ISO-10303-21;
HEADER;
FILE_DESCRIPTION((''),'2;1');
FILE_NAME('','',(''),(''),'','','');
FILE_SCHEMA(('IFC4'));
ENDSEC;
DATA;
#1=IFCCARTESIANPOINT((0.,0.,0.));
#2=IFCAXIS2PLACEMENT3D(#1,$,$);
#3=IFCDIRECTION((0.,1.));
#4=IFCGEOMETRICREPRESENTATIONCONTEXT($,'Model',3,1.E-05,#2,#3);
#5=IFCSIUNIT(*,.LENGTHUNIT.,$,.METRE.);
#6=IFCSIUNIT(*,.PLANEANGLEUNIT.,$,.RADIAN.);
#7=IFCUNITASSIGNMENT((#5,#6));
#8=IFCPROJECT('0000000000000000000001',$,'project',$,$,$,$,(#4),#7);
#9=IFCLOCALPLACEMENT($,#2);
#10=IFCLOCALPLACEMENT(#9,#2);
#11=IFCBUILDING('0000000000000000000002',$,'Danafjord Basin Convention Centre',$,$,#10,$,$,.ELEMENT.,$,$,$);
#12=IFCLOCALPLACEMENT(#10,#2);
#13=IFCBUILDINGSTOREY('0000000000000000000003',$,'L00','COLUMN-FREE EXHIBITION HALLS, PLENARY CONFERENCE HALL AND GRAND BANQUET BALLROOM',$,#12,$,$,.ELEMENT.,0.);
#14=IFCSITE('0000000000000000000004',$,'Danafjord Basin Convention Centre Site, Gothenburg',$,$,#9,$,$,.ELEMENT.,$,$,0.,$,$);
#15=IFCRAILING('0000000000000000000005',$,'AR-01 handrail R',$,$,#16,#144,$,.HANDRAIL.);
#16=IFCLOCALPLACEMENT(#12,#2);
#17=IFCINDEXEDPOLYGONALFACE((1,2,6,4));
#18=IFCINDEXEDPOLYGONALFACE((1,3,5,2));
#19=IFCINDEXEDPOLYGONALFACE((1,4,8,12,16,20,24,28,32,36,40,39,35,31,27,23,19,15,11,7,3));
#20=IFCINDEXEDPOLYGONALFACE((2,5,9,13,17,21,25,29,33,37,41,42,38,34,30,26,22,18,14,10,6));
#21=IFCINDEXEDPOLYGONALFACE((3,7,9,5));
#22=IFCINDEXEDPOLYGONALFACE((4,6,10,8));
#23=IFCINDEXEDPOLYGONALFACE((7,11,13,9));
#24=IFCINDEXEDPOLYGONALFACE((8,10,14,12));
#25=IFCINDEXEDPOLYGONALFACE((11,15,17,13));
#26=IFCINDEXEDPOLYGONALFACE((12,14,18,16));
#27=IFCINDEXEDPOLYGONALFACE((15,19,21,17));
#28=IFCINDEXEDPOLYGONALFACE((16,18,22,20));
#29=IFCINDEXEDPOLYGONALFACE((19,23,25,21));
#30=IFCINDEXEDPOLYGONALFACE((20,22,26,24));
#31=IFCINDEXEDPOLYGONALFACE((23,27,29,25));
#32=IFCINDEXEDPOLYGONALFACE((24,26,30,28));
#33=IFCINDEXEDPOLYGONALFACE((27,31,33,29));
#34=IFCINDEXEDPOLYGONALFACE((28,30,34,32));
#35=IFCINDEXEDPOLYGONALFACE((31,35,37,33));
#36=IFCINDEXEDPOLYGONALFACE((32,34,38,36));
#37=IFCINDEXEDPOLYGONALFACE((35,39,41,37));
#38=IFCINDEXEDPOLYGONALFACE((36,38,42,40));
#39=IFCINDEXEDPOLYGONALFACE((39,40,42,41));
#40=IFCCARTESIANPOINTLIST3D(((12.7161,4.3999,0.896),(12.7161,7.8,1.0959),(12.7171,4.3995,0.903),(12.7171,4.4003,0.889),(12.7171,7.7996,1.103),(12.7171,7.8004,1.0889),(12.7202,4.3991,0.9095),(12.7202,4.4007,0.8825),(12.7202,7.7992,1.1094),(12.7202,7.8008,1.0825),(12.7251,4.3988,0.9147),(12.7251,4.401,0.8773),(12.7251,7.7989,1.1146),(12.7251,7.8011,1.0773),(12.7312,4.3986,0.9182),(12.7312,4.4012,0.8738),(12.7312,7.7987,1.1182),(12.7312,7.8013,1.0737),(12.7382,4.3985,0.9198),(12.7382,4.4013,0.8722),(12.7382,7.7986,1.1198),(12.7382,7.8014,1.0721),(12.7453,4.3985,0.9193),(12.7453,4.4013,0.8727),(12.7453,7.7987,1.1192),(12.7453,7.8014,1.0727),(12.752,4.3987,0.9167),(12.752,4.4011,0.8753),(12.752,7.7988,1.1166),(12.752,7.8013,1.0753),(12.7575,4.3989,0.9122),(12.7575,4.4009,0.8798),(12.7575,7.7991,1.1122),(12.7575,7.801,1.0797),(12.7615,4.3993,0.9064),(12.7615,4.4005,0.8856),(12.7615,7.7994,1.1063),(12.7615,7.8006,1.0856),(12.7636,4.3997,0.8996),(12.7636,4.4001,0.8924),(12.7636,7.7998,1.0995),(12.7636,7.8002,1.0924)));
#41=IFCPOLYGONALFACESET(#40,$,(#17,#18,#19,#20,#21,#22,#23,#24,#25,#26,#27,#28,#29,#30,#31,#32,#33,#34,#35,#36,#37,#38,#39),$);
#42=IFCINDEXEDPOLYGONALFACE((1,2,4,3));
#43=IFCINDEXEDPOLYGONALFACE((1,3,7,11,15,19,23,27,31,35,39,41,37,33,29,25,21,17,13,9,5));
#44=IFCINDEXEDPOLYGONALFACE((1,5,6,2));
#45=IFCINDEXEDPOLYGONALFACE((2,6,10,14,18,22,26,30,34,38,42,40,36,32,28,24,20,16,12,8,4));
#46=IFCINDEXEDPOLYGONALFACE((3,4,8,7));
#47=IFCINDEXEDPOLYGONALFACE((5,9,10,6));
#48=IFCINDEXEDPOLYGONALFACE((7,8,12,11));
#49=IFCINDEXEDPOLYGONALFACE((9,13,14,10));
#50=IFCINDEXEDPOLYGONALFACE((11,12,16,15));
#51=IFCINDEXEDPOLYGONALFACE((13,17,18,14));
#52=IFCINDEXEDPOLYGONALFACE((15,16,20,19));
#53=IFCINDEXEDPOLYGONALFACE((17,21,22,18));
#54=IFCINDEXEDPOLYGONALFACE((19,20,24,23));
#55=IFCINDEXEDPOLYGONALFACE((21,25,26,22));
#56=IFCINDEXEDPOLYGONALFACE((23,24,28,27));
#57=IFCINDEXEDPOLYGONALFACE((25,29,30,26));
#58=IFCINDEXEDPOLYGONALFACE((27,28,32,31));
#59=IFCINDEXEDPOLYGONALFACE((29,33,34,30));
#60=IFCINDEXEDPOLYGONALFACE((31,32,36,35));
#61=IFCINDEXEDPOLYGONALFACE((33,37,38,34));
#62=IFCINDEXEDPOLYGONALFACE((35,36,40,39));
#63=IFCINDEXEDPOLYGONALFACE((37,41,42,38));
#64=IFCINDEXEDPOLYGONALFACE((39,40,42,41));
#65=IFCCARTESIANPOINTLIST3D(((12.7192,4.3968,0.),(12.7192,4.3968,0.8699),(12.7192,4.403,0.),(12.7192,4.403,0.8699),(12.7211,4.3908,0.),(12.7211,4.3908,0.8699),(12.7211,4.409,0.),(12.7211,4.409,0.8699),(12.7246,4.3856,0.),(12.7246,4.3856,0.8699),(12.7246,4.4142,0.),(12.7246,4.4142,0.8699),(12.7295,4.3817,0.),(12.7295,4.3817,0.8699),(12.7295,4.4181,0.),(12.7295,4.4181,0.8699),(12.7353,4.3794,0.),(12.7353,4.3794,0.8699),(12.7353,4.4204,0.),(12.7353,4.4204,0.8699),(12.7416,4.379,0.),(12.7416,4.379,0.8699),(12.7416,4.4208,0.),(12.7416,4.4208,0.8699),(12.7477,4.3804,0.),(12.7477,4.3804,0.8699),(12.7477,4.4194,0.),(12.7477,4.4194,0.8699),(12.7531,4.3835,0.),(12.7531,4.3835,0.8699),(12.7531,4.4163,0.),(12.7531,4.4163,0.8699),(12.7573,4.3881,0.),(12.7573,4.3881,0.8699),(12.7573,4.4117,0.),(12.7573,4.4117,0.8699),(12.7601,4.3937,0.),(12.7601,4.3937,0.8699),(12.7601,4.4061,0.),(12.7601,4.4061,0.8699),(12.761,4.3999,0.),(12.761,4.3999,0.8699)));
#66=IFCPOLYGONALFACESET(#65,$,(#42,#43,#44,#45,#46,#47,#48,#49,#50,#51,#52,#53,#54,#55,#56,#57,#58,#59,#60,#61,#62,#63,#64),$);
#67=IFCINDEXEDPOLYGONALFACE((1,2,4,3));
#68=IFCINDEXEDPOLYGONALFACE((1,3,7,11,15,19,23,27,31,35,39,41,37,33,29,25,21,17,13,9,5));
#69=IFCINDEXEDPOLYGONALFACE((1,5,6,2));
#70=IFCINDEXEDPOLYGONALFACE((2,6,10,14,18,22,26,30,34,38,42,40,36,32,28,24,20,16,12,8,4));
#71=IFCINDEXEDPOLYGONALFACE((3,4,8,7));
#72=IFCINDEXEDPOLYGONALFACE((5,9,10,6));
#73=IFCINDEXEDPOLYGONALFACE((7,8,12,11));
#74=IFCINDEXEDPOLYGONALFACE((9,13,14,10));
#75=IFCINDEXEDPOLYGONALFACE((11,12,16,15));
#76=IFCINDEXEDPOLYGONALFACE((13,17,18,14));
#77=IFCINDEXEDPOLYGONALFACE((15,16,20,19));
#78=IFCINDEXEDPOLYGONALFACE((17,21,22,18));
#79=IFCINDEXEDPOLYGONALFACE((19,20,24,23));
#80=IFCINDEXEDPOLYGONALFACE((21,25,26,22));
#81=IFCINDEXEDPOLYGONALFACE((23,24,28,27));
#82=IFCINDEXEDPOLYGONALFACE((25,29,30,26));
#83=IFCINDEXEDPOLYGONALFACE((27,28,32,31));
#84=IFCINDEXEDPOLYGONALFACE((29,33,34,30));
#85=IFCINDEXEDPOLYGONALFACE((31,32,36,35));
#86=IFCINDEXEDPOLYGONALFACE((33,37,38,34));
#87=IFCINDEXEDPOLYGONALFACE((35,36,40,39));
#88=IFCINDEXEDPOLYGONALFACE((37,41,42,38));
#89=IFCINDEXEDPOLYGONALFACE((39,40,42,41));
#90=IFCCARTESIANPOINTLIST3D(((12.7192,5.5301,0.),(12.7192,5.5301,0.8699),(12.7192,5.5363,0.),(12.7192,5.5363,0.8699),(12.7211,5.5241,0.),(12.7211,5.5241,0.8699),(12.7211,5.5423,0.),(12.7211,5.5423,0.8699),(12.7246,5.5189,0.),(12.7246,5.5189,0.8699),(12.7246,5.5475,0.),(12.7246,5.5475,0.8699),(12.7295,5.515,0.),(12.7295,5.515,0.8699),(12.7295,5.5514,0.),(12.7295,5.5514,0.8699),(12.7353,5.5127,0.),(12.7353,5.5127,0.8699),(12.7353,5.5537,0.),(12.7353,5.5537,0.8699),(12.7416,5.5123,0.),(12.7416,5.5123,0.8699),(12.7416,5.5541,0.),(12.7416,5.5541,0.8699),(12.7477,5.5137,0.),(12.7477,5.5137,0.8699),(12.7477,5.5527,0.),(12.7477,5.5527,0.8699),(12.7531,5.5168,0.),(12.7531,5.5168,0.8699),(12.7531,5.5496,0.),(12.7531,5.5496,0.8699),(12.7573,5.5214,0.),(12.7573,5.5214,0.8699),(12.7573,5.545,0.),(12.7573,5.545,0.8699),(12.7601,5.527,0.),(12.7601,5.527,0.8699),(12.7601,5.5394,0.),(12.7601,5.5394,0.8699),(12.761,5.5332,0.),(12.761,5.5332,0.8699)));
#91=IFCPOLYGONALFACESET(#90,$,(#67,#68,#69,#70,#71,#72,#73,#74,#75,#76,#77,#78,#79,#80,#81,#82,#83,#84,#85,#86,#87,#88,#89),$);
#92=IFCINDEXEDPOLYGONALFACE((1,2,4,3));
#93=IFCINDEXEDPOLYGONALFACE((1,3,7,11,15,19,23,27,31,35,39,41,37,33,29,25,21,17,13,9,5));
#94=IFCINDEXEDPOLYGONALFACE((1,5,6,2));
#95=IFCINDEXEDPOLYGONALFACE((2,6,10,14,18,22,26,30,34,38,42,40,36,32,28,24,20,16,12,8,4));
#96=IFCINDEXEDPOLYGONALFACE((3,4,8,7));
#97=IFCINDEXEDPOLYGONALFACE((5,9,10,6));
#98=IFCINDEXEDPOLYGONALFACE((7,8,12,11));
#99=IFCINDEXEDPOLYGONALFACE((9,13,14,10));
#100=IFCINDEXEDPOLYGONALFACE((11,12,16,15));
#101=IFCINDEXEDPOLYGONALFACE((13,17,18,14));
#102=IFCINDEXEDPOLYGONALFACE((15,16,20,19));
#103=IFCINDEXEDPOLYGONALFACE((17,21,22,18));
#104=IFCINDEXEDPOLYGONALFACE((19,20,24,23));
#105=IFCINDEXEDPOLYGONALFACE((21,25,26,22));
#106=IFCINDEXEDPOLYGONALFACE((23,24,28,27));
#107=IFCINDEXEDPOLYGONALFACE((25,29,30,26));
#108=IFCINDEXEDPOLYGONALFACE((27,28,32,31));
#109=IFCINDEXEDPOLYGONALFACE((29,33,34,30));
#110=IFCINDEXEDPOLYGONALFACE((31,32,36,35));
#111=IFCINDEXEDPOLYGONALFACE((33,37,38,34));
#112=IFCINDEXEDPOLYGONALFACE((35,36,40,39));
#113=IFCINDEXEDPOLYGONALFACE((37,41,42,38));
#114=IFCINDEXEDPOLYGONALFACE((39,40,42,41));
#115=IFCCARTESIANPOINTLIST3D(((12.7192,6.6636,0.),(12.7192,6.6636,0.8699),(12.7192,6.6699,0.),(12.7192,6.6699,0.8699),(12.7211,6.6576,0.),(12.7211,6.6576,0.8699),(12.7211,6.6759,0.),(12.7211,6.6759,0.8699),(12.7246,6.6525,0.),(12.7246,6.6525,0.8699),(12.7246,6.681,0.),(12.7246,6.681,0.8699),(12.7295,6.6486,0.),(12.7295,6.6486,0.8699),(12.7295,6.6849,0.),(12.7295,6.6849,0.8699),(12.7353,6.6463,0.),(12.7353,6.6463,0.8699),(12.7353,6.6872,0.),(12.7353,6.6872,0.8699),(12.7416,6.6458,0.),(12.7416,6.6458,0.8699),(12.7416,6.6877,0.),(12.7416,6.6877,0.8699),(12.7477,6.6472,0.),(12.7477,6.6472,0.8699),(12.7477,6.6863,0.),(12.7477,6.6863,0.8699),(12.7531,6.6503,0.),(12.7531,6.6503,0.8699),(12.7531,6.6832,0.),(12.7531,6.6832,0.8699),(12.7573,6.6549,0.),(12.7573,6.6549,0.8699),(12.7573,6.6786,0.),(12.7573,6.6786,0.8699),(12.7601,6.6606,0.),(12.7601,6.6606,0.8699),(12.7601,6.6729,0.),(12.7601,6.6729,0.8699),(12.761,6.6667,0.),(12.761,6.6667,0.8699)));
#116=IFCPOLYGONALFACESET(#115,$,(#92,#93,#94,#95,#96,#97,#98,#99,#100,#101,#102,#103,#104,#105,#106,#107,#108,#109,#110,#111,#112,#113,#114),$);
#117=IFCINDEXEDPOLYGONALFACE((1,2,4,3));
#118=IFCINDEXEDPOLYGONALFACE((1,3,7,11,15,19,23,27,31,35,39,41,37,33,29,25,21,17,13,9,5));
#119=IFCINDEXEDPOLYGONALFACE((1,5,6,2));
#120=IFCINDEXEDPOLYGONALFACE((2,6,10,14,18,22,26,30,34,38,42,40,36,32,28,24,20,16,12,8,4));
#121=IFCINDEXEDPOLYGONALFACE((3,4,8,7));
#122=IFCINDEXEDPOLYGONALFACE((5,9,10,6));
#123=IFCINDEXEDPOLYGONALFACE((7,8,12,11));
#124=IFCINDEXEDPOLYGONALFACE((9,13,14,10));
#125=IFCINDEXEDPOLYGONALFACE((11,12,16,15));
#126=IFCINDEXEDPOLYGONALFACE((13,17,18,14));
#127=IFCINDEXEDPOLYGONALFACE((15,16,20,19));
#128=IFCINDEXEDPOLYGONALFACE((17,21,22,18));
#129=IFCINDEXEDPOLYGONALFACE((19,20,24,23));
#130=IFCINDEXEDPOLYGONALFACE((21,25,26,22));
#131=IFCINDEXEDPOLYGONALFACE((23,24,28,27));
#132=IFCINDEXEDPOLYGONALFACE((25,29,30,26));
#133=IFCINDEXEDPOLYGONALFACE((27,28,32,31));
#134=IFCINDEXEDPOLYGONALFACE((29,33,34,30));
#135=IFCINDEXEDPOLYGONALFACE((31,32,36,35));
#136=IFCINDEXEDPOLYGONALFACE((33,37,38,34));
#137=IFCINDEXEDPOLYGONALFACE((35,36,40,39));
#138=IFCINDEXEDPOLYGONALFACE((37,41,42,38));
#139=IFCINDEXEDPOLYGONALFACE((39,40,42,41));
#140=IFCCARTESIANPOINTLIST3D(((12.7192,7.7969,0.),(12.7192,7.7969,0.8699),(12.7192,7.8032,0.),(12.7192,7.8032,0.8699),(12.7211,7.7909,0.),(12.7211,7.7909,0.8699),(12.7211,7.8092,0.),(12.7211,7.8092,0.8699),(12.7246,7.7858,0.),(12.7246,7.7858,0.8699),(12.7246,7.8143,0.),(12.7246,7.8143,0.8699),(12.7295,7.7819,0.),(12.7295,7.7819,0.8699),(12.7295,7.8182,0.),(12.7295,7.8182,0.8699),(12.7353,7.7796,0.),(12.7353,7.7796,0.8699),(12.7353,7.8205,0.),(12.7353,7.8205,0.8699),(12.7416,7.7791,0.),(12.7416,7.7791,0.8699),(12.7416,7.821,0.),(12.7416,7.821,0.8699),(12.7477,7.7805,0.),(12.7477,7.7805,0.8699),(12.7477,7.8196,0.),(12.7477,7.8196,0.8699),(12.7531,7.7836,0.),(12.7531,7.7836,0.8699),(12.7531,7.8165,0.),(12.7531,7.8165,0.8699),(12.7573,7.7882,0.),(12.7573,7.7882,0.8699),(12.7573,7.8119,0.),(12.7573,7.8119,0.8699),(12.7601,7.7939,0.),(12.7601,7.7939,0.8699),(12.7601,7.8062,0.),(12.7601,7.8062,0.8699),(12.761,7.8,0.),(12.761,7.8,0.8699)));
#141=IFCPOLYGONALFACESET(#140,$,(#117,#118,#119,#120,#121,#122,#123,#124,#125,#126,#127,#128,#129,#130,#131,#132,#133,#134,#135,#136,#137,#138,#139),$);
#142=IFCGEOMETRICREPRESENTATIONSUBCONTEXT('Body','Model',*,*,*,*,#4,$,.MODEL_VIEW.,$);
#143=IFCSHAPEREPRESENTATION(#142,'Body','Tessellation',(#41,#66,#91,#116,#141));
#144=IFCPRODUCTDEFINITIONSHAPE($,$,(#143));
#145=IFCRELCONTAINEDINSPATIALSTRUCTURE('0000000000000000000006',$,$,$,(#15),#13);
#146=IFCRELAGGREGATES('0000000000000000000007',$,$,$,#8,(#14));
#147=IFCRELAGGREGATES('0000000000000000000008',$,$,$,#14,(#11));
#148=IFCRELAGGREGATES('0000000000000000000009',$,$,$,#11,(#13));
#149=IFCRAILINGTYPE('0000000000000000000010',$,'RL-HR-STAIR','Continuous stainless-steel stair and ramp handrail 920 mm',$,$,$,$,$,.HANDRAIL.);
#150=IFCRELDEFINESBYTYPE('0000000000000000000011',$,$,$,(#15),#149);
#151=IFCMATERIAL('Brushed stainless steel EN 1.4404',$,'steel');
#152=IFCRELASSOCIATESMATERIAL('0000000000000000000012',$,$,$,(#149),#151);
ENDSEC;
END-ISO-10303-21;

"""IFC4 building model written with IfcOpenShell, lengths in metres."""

from ifc_helpers import new_model, si_unit, direction, frame, origin, origin_2d, place, context, subcontext, project, spatial, circle, extrude, material, type_object, element, save


model = new_model("IFC4")

# Units and contexts
model_context = context("Model", 3, precision=1e-05, world=origin(), true_north=direction((0.0, 1.0)))
body_context = subcontext(model_context, "Body", "Model", "MODEL_VIEW")
ifc_project = project(units=[si_unit("LENGTHUNIT", "METRE"), si_unit("PLANEANGLEUNIT", "RADIAN")], contexts=[model_context])

# Site, building, storey
site_placement = place(None, origin())
site = spatial("IfcSite", under=ifc_project, at=site_placement, Name="Danafjord Basin Convention Centre Site, Gothenburg", CompositionType="ELEMENT", RefElevation=0.0)
building_placement = place(site_placement, origin())
building = spatial("IfcBuilding", under=site, at=building_placement, Name="Danafjord Basin Convention Centre", CompositionType="ELEMENT")
storey_placement = place(building_placement, origin())
storey = spatial("IfcBuildingStorey", under=building, at=storey_placement, Name="L00", Description="COLUMN-FREE EXHIBITION HALLS, PLENARY CONFERENCE HALL AND GRAND BANQUET BALLROOM", CompositionType="ELEMENT", Elevation=0.0)

# Railing
ifc_material_1 = material(Name="Brushed stainless steel EN 1.4404", Category="steel")
railing_type_1 = type_object("IfcRailingType", Name="RL-HR-STAIR", Description="Continuous stainless-steel stair and ramp handrail 920 mm", PredefinedType="HANDRAIL", material=ifc_material_1)
for number, where, name in (
    (1, (12.74, 4.3999, 0.0), "AR-01 handrail R"),
):
    element("IfcRailing", number, at=place(storey_placement, frame(where)), inside=storey, type_object=railing_type_1, Name=name, PredefinedType="HANDRAIL", context=body_context, shape_type="SweptSolid", body=[
        extrude(circle(Radius=0.0239, at=origin_2d()), frame((0.0, 0.0, 0.896), z_axis=(0.0, 0.998275, 0.058705), x_axis=(-1.0, 0.0, 0.0)), (0.0, 0.0, 1.0), 3.406),
        extrude(circle(Radius=0.021, at=origin_2d()), origin(), (0.0, 0.0, 1.0), 0.8699),
        extrude(circle(Radius=0.021, at=origin_2d()), frame((0.0, 1.1333, 0.0)), (0.0, 0.0, 1.0), 0.8699),
        extrude(circle(Radius=0.021, at=origin_2d()), frame((0.0, 2.2668, 0.0)), (0.0, 0.0, 1.0), 0.8699),
        extrude(circle(Radius=0.021, at=origin_2d()), frame((0.0, 3.4001, 0.0)), (0.0, 0.0, 1.0), 0.8699),
    ])

save(model, "model.ifc")
